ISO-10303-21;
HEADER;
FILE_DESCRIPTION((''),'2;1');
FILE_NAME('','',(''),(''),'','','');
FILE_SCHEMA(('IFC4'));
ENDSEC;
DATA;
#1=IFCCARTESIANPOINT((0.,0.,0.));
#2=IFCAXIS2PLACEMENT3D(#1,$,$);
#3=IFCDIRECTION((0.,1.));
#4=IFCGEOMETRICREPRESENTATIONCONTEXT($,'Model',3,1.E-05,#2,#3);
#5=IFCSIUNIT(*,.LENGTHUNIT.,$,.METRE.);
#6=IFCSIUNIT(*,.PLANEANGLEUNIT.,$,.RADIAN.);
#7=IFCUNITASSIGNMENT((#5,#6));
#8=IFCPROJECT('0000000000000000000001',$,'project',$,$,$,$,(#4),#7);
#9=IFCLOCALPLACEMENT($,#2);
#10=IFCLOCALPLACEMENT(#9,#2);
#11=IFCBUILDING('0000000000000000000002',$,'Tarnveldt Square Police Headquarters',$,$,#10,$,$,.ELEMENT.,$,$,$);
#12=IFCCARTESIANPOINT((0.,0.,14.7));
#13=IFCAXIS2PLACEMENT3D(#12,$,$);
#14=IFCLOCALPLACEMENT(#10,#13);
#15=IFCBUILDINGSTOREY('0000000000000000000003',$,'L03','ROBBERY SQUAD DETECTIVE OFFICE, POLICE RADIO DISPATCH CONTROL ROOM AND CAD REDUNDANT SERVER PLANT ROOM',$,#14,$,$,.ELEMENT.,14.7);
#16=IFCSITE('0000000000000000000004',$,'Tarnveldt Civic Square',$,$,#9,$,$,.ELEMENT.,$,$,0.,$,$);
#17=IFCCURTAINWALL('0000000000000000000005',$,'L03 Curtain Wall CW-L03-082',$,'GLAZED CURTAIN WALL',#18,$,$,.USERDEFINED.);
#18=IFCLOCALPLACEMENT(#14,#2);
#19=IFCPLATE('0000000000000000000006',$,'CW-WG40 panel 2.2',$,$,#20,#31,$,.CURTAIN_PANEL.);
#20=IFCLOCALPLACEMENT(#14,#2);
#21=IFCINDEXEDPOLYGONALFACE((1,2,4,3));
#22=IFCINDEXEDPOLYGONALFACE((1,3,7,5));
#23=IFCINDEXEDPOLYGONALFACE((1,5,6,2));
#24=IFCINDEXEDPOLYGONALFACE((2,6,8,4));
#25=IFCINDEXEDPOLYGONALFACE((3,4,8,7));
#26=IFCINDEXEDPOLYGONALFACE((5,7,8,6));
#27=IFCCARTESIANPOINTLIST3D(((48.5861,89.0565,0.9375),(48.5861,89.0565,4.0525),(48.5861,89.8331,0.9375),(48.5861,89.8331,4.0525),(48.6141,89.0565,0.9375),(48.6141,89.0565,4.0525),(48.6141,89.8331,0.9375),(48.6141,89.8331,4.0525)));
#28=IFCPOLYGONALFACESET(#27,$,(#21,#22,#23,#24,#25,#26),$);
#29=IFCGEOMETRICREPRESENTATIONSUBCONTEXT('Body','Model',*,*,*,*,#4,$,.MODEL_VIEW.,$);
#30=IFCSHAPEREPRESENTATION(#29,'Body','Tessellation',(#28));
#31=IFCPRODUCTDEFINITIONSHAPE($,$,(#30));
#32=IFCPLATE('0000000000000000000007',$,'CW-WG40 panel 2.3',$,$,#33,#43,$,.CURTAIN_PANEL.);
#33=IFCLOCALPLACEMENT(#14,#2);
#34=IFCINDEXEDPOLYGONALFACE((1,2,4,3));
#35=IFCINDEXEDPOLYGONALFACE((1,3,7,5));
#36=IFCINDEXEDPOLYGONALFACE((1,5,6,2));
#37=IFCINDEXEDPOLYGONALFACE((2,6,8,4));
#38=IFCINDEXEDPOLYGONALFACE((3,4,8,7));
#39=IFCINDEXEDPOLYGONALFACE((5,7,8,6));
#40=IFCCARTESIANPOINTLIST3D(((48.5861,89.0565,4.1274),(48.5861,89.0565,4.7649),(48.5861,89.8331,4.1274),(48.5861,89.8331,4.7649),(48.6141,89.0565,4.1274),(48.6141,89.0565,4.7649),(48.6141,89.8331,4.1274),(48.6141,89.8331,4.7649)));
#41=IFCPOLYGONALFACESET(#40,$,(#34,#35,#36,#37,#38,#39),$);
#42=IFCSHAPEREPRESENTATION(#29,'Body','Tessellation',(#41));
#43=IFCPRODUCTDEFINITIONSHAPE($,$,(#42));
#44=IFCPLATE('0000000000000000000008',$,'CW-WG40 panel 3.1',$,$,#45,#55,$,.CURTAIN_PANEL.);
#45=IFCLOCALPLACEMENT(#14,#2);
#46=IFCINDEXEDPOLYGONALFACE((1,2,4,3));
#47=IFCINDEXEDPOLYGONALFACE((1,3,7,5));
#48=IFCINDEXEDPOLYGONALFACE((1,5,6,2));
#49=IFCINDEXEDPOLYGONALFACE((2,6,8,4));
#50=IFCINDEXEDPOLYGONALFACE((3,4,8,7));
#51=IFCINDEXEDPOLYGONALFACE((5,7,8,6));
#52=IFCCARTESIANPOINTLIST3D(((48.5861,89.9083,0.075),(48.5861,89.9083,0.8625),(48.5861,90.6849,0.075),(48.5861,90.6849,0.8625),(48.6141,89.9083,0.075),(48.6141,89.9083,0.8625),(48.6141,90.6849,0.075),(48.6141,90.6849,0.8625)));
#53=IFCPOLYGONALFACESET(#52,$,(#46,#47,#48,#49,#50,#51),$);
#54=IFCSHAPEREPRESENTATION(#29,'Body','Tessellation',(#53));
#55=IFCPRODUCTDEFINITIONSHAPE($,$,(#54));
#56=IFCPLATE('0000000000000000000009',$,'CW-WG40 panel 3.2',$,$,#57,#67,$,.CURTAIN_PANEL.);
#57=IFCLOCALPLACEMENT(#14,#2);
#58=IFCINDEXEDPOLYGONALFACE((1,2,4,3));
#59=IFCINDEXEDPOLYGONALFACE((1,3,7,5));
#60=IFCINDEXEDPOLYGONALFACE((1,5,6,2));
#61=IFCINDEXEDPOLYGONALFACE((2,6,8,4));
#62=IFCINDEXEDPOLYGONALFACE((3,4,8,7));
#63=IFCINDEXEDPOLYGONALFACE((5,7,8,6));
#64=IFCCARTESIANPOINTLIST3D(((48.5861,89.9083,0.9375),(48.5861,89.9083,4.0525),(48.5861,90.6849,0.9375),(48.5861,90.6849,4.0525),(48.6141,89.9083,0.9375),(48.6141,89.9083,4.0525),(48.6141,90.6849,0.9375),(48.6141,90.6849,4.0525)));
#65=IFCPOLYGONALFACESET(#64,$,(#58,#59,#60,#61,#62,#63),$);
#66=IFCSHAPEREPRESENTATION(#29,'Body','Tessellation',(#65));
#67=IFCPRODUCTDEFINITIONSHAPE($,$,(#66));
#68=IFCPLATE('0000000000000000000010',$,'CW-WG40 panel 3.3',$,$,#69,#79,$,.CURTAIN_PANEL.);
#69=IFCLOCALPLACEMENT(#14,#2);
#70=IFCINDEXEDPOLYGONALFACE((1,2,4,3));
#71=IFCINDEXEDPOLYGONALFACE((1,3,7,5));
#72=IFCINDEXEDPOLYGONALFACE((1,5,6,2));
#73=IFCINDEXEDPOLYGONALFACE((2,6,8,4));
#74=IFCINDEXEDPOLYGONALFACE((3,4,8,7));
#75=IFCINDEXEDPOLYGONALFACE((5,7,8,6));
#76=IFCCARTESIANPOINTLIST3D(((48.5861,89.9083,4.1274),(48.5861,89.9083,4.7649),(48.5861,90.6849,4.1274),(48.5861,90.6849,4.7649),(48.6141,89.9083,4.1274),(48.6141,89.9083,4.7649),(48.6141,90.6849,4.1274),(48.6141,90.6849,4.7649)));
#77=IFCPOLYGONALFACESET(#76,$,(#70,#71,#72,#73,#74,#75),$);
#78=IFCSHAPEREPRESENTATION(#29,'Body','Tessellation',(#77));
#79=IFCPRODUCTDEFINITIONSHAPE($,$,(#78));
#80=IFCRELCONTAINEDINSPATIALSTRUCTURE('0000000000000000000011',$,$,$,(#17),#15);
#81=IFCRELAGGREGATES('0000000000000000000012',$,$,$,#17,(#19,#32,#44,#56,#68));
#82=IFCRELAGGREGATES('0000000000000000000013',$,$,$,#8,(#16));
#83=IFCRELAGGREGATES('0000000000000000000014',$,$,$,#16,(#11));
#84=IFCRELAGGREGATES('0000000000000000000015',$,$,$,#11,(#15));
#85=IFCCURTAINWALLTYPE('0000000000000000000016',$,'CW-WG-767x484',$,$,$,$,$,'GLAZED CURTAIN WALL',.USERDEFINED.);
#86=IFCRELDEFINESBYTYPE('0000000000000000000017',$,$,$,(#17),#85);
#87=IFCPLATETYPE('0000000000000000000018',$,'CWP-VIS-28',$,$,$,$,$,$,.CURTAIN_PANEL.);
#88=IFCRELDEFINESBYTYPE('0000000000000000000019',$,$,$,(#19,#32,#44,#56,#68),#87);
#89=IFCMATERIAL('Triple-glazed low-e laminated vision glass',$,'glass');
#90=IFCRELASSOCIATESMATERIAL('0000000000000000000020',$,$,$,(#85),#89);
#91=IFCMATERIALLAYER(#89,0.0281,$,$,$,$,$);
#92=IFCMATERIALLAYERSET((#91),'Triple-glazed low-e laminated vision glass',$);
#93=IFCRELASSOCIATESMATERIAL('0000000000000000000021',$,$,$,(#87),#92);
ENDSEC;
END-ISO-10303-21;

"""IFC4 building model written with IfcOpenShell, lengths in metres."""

from ifc_helpers import new_model, si_unit, direction, frame, origin, origin_2d, place, context, subcontext, project, spatial, rectangle, extrude, material, layer, layer_set, type_object, element, aggregate, save


model = new_model("IFC4")

# Units and contexts
model_context = context("Model", 3, precision=1e-05, world=origin(), true_north=direction((0.0, 1.0)))
body_context = subcontext(model_context, "Body", "Model", "MODEL_VIEW")
ifc_project = project(units=[si_unit("LENGTHUNIT", "METRE"), si_unit("PLANEANGLEUNIT", "RADIAN")], contexts=[model_context])

# Site, building, storey
site_placement = place(None, origin())
site = spatial("IfcSite", under=ifc_project, at=site_placement, Name="Tarnveldt Civic Square", CompositionType="ELEMENT", RefElevation=0.0)
building_placement = place(site_placement, origin())
building = spatial("IfcBuilding", under=site, at=building_placement, Name="Tarnveldt Square Police Headquarters", CompositionType="ELEMENT")
storey_placement = place(building_placement, frame((0.0, 0.0, 14.7)))
storey = spatial("IfcBuildingStorey", under=building, at=storey_placement, Name="L03", Description="ROBBERY SQUAD DETECTIVE OFFICE, POLICE RADIO DISPATCH CONTROL ROOM AND CAD REDUNDANT SERVER PLANT ROOM", CompositionType="ELEMENT", Elevation=14.7)

# Curtain wall, plates
ifc_material_1 = material(Name="Triple-glazed low-e laminated vision glass", Category="glass")
curtain_wall_type = type_object("IfcCurtainWallType", Name="CW-WG-767x484", ElementType="GLAZED CURTAIN WALL", PredefinedType="USERDEFINED", material=ifc_material_1)
curtain_wall_placement = place(storey_placement, origin())
curtain_wall = element("IfcCurtainWall", 1, at=curtain_wall_placement, inside=storey, type_object=curtain_wall_type, Name="L03 Curtain Wall CW-L03-082", ObjectType="GLAZED CURTAIN WALL", PredefinedType="USERDEFINED")
ifc_layer = layer(ifc_material_1, 0.0281)
ifc_layer_set = layer_set([ifc_layer], Name="Triple-glazed low-e laminated vision glass")
plate_type = type_object("IfcPlateType", Name="CWP-VIS-28", PredefinedType="CURTAIN_PANEL", material=ifc_layer_set)
plate_1_placement = place(storey_placement, frame((48.6001, 89.4448, 0.9375), z_axis=(0.0, 0.0, 1.0), x_axis=(0.0, 1.0, 0.0)))
plate_1 = element("IfcPlate", 2, at=plate_1_placement, type_object=plate_type, Name="CW-WG40 panel 2.2", PredefinedType="CURTAIN_PANEL", context=body_context, shape_type="SweptSolid", body=[
    extrude(rectangle(XDim=0.7766, YDim=0.0281, at=origin_2d()), origin(), (0.0, 0.0, 1.0), 3.115),
])
plate_2_placement = place(storey_placement, frame((48.6001, 89.4448, 4.1274), z_axis=(0.0, 0.0, 1.0), x_axis=(0.0, 1.0, 0.0)))
plate_2 = element("IfcPlate", 3, at=plate_2_placement, type_object=plate_type, Name="CW-WG40 panel 2.3", PredefinedType="CURTAIN_PANEL", context=body_context, shape_type="SweptSolid", body=[
    extrude(rectangle(XDim=0.7766, YDim=0.0281, at=origin_2d()), origin(), (0.0, 0.0, 1.0), 0.6375),
])
plate_3_placement = place(storey_placement, frame((48.6001, 90.2966, 0.075), z_axis=(0.0, 0.0, 1.0), x_axis=(0.0, 1.0, 0.0)))
plate_3 = element("IfcPlate", 4, at=plate_3_placement, type_object=plate_type, Name="CW-WG40 panel 3.1", PredefinedType="CURTAIN_PANEL", context=body_context, shape_type="SweptSolid", body=[
    extrude(rectangle(XDim=0.7766, YDim=0.0281, at=origin_2d()), origin(), (0.0, 0.0, 1.0), 0.7876),
])
plate_4_placement = place(storey_placement, frame((48.6001, 90.2966, 0.9375), z_axis=(0.0, 0.0, 1.0), x_axis=(0.0, 1.0, 0.0)))
plate_4 = element("IfcPlate", 5, at=plate_4_placement, type_object=plate_type, Name="CW-WG40 panel 3.2", PredefinedType="CURTAIN_PANEL", context=body_context, shape_type="SweptSolid", body=[
    extrude(rectangle(XDim=0.7766, YDim=0.0281, at=origin_2d()), origin(), (0.0, 0.0, 1.0), 3.115),
])
plate_5_placement = place(storey_placement, frame((48.6001, 90.2966, 4.1274), z_axis=(0.0, 0.0, 1.0), x_axis=(0.0, 1.0, 0.0)))
plate_5 = element("IfcPlate", 6, at=plate_5_placement, type_object=plate_type, Name="CW-WG40 panel 3.3", PredefinedType="CURTAIN_PANEL", context=body_context, shape_type="SweptSolid", body=[
    extrude(rectangle(XDim=0.7766, YDim=0.0281, at=origin_2d()), origin(), (0.0, 0.0, 1.0), 0.6375),
])
aggregate(curtain_wall, [plate_1, plate_2, plate_3, plate_4, plate_5])

save(model, "model.ifc")
